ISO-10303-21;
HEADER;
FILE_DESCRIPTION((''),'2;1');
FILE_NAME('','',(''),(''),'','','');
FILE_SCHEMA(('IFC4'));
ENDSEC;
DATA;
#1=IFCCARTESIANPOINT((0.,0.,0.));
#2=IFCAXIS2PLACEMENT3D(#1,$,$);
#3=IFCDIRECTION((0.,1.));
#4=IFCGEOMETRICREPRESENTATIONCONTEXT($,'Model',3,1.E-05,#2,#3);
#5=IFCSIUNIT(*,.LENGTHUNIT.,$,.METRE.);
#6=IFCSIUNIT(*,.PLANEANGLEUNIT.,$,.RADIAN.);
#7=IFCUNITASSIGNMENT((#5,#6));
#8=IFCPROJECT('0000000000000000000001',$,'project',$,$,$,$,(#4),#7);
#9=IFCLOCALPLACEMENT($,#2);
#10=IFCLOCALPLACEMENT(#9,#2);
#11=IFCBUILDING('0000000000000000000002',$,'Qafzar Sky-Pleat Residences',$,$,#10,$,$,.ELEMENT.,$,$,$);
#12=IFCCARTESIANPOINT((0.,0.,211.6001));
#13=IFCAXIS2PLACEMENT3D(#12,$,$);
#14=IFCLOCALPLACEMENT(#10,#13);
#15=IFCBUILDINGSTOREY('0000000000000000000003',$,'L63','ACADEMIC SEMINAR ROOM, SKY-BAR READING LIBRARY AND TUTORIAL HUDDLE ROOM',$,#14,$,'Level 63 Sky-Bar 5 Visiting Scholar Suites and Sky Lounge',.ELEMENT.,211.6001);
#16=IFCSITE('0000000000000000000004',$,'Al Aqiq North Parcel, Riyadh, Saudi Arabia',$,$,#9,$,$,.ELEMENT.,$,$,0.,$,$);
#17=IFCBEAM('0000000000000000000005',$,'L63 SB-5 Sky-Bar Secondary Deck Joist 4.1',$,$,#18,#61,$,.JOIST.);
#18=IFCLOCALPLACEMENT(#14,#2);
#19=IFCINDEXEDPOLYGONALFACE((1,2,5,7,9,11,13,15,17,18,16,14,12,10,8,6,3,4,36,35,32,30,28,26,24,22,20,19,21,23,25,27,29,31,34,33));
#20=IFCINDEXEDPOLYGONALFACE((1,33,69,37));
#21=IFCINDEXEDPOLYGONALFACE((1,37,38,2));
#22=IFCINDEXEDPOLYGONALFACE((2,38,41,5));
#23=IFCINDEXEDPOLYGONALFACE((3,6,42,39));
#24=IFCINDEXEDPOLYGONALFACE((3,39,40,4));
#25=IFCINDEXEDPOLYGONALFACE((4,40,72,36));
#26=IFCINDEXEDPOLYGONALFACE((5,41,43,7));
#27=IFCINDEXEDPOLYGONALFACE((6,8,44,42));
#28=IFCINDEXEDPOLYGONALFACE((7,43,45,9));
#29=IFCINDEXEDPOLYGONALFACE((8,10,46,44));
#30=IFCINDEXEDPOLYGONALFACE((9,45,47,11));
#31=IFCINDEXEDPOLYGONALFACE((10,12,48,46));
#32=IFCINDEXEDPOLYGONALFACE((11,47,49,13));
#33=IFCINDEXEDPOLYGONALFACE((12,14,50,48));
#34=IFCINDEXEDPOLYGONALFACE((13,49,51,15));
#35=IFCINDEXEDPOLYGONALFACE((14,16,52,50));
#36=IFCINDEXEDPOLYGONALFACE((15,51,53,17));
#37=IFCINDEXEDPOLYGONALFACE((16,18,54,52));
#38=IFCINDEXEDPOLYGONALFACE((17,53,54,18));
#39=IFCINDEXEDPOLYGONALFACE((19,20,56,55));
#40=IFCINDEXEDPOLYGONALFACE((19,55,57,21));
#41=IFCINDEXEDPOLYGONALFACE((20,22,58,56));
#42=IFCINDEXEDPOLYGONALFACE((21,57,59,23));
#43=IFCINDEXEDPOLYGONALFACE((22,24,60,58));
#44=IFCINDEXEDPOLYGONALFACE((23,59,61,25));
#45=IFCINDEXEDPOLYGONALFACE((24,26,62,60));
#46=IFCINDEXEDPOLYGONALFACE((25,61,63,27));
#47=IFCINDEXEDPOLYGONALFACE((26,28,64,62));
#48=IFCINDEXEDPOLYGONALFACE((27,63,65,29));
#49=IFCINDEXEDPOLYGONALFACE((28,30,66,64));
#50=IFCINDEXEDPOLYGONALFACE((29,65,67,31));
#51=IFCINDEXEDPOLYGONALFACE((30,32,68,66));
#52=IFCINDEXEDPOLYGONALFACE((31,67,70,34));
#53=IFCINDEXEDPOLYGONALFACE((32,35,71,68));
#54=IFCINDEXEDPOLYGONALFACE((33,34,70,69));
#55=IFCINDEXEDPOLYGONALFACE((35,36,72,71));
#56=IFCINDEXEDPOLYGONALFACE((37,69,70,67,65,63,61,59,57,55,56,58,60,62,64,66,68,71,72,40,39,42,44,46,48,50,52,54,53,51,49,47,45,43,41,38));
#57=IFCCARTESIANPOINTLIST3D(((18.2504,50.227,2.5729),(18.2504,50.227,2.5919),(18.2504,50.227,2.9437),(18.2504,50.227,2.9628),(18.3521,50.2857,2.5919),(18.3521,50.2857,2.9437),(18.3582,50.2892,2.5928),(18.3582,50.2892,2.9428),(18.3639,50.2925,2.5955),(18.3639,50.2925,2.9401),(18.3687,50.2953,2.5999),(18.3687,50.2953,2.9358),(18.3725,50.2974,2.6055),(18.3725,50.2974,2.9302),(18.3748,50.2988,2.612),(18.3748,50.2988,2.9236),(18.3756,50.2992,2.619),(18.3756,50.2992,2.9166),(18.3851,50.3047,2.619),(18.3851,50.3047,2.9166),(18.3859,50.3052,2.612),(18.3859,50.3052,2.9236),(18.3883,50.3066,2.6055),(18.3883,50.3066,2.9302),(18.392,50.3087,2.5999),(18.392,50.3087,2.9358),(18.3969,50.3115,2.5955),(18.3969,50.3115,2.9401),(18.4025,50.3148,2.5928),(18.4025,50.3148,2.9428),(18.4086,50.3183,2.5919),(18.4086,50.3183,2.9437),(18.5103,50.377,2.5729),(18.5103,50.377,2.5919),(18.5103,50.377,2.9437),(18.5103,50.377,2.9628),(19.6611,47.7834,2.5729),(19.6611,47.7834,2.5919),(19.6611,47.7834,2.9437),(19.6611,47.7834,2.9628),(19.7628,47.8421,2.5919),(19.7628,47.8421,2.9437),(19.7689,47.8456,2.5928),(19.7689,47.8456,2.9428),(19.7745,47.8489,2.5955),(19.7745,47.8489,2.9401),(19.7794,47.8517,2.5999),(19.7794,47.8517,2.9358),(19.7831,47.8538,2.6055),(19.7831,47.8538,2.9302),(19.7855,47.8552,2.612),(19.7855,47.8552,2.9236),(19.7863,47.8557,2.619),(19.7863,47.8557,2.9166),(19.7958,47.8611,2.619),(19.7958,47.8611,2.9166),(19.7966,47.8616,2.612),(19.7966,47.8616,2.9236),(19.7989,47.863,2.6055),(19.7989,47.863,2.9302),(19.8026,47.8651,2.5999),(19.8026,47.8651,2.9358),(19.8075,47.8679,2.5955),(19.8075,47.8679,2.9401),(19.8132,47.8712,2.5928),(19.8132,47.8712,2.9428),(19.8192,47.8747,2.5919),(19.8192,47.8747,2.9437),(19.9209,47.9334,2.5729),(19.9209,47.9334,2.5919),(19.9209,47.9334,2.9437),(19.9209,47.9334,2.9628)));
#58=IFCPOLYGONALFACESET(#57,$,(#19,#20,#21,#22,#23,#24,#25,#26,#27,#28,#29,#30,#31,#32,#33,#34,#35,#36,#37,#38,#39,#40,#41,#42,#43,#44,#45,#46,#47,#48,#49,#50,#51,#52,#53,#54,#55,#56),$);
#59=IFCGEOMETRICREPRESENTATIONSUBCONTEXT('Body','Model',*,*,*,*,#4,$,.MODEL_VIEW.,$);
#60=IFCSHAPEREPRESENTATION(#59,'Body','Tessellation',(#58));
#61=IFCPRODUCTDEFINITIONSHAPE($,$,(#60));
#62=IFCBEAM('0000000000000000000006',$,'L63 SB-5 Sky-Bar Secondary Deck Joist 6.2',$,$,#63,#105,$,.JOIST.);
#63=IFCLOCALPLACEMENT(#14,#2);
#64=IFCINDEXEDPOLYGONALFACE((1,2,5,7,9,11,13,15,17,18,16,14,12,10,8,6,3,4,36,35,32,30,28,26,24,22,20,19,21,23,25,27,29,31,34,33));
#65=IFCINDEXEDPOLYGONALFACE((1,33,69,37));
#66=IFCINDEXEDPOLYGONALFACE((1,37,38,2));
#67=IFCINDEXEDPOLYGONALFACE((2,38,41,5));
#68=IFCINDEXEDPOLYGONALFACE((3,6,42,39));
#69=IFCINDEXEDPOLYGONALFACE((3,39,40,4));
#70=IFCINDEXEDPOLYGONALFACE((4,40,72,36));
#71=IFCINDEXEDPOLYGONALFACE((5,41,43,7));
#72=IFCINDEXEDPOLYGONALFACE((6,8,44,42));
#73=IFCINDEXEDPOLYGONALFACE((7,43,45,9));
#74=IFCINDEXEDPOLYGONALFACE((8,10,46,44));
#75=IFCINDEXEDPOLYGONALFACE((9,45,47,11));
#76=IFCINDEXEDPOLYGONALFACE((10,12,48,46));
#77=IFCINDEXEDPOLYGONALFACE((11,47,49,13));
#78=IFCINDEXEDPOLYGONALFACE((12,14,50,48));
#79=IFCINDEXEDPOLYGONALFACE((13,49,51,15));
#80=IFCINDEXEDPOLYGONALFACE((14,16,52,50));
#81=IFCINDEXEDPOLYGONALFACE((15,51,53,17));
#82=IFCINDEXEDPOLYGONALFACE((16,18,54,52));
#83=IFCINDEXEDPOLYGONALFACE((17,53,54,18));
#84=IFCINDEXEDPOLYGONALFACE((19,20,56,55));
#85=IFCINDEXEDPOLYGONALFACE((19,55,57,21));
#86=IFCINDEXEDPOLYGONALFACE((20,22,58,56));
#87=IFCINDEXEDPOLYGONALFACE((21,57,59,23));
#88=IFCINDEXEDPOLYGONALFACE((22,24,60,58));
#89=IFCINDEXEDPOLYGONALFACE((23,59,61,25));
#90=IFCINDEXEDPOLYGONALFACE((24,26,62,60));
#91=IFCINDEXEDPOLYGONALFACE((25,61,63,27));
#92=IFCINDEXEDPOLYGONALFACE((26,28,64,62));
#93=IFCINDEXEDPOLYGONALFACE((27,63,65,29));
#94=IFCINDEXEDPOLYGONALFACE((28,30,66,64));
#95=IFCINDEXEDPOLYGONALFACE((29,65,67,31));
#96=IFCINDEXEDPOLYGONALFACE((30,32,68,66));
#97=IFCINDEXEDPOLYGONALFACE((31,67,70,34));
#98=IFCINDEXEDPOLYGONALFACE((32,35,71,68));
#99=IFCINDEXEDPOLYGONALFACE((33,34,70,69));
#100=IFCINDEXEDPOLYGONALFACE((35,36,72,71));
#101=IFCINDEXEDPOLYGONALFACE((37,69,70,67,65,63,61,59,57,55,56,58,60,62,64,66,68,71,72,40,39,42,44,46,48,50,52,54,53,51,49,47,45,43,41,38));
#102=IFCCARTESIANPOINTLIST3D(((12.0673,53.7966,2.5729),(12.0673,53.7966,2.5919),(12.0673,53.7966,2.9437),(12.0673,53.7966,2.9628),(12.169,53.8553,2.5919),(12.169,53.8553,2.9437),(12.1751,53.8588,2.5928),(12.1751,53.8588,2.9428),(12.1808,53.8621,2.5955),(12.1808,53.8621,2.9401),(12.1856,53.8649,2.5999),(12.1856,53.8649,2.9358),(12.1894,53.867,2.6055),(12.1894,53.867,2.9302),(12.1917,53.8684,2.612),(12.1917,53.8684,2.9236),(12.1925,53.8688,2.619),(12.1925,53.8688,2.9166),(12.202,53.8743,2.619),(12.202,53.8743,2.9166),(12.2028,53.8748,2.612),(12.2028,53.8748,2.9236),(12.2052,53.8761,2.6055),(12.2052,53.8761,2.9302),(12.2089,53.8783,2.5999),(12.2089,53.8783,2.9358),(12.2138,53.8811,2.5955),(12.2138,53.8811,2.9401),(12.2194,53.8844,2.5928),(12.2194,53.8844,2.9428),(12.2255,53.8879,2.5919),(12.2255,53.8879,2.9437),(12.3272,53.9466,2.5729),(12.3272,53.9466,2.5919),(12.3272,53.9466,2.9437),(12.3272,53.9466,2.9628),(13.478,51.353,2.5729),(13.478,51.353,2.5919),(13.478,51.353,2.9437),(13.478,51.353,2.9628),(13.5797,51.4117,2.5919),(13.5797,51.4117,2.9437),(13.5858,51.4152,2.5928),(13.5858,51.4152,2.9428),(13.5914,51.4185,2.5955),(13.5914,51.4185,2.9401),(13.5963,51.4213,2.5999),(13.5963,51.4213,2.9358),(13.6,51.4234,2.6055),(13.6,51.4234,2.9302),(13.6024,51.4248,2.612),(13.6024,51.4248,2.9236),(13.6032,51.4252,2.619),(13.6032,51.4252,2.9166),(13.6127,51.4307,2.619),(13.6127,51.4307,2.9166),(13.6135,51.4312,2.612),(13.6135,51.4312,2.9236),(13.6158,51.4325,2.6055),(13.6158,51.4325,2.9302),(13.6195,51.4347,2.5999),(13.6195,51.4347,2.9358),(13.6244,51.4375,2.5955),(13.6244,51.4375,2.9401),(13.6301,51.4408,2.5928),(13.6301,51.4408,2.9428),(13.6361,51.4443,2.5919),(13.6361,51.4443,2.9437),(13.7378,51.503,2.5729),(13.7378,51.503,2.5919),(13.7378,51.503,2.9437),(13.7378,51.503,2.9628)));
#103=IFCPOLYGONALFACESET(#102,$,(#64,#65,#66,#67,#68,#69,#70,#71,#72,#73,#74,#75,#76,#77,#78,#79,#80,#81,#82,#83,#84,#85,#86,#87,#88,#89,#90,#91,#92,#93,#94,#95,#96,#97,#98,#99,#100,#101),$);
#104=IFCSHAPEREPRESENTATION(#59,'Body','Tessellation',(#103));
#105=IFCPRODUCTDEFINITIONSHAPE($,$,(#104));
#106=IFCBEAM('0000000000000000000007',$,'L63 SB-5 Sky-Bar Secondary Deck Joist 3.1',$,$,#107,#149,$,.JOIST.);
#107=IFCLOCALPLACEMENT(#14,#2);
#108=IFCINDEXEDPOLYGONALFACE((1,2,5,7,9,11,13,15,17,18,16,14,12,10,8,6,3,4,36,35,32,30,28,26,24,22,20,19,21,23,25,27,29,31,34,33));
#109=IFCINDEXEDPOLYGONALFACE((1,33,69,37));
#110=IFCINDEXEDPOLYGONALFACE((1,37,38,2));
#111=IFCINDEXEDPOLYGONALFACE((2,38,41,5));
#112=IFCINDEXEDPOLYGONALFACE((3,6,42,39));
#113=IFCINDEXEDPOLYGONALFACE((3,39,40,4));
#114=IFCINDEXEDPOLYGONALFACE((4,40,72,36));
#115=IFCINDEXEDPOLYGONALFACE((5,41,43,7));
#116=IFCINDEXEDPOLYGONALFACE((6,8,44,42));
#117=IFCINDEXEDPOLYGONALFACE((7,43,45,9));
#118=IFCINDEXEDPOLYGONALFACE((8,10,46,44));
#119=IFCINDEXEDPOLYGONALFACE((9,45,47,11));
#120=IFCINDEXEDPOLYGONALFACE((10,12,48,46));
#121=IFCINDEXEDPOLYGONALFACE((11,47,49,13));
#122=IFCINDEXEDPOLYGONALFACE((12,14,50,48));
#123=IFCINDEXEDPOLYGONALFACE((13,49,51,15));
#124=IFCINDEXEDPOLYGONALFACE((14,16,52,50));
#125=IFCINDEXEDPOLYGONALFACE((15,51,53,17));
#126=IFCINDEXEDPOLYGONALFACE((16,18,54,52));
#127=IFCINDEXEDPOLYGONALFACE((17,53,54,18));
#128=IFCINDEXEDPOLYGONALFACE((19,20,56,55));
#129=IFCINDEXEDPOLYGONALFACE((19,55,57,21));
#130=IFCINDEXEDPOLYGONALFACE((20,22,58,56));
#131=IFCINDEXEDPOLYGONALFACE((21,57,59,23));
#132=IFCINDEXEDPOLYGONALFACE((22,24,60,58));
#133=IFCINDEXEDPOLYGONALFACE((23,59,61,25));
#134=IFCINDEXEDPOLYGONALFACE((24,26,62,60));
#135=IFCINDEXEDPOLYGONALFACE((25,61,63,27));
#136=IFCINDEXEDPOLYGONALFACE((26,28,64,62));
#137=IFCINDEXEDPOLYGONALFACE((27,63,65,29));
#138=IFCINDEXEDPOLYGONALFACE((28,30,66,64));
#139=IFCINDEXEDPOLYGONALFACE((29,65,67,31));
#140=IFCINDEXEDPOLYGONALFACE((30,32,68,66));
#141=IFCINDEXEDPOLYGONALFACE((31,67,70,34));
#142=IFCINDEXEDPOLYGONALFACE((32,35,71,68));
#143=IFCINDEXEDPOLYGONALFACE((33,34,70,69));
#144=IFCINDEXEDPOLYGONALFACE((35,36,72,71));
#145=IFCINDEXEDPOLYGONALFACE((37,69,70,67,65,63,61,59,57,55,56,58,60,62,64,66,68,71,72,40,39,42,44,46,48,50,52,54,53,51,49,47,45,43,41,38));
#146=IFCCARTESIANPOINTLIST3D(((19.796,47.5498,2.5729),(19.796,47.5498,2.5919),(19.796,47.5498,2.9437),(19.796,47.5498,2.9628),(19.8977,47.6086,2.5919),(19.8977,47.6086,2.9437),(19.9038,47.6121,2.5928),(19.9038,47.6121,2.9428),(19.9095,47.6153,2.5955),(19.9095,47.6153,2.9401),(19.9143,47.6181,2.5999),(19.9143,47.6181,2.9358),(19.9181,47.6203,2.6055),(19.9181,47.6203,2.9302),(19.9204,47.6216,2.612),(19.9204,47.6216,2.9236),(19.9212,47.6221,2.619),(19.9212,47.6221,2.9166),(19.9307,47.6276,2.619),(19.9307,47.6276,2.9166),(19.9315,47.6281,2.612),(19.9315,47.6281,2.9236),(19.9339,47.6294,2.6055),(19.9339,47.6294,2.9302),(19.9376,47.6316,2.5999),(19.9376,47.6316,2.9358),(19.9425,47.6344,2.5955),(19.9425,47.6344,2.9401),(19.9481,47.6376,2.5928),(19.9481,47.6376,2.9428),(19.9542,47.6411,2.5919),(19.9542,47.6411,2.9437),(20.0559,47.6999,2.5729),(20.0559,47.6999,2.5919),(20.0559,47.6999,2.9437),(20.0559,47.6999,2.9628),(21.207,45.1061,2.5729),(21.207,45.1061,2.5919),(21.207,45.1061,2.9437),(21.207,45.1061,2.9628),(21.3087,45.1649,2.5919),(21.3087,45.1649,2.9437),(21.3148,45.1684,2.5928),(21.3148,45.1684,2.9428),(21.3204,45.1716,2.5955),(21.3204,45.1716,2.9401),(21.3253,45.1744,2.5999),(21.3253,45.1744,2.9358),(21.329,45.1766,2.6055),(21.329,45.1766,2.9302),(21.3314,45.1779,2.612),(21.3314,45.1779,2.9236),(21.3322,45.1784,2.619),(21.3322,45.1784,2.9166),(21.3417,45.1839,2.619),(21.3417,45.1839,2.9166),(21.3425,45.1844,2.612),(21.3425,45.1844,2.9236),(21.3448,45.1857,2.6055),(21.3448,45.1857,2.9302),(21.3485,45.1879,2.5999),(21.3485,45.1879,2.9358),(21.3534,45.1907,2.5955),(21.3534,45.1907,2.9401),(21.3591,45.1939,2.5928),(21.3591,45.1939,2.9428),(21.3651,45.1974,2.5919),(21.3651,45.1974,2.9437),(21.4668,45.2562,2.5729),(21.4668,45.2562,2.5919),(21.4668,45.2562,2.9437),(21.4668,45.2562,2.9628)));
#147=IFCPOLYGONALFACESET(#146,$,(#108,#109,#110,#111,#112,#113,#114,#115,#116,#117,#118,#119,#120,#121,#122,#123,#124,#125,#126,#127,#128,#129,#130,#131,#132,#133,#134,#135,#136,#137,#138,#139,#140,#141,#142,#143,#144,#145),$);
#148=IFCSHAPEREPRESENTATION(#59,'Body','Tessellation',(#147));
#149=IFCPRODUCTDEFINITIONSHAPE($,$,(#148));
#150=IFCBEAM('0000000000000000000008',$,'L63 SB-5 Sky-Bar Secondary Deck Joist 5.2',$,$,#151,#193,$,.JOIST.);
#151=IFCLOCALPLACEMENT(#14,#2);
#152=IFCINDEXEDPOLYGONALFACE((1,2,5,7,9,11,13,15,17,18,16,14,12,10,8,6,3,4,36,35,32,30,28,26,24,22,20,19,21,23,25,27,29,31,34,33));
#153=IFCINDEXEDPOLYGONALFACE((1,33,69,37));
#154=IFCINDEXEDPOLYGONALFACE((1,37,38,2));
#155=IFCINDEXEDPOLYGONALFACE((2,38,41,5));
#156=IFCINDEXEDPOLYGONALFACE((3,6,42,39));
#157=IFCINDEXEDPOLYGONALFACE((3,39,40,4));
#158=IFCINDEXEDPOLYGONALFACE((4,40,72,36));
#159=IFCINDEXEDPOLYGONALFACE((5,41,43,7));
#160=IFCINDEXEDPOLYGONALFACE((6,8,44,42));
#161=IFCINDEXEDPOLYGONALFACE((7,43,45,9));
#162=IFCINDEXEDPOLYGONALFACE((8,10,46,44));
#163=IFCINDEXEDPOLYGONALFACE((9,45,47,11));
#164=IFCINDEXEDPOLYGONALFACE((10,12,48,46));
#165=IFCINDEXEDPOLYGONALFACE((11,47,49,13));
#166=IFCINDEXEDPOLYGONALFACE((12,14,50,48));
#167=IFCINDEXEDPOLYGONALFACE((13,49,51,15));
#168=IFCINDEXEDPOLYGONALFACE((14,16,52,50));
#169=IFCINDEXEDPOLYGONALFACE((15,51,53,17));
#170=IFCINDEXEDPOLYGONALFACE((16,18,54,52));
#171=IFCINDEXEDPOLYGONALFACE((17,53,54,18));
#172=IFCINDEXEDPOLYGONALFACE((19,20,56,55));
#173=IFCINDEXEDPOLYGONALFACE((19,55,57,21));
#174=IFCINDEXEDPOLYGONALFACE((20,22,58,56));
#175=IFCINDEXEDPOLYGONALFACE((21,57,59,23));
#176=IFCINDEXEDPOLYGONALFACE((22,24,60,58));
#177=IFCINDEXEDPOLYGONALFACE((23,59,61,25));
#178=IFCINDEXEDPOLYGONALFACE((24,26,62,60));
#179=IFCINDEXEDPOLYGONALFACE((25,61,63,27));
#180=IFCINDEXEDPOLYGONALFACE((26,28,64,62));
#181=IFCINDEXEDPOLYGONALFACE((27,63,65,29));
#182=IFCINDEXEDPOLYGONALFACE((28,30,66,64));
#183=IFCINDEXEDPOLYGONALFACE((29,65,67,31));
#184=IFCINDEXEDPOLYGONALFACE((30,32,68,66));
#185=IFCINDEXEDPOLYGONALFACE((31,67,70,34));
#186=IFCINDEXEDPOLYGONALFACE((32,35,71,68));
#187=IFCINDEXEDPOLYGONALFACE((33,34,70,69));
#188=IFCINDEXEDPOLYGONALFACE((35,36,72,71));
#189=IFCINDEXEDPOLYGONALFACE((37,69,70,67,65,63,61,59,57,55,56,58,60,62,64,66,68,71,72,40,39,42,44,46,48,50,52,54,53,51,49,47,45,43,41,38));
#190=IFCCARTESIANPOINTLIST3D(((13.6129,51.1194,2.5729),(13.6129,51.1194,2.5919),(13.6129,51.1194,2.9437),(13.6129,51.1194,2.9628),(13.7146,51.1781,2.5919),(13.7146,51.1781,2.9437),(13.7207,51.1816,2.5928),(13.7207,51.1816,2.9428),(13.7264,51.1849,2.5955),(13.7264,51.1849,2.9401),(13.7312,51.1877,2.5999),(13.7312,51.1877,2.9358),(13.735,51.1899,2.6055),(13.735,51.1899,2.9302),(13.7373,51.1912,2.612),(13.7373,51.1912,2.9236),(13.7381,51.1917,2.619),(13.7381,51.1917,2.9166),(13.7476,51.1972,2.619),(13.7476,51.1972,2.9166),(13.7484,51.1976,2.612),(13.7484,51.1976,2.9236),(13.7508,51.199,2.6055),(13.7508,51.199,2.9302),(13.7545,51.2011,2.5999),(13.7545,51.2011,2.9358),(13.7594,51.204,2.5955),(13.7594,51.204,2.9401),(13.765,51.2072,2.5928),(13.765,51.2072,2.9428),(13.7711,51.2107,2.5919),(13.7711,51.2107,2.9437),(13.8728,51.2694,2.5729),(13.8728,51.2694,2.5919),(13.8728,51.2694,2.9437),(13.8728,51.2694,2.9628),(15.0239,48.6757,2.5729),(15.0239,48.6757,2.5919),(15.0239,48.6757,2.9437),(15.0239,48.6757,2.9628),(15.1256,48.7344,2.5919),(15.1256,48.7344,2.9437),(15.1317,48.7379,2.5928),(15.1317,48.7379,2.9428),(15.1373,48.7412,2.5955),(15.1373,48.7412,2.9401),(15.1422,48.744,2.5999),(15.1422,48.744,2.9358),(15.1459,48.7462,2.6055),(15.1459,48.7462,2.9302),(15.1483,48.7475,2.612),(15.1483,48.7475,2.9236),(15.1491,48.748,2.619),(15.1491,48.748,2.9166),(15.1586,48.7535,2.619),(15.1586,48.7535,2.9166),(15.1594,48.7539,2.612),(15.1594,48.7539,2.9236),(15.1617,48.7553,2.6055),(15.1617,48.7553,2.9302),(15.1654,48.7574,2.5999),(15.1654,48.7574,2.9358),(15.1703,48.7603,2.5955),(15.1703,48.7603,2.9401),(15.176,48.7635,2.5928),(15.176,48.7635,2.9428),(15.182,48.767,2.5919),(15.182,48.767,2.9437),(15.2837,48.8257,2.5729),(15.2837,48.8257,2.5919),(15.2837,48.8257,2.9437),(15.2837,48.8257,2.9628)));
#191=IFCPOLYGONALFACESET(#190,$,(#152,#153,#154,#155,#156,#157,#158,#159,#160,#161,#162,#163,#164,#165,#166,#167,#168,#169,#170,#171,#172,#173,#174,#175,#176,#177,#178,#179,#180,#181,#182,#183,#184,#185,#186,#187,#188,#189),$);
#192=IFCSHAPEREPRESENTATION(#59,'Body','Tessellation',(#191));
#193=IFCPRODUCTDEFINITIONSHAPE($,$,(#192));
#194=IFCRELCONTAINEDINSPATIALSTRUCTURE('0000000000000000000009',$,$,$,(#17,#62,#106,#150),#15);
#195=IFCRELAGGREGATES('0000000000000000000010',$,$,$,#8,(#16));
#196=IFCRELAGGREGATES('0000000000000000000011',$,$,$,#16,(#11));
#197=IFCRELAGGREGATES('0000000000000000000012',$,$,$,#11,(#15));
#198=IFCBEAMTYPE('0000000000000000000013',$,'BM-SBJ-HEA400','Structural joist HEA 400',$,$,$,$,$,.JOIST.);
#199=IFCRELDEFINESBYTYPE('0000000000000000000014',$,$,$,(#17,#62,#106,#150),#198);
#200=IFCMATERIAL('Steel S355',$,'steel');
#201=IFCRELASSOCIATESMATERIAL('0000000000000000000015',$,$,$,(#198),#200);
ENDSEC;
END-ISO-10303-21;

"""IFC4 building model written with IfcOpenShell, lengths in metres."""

from ifc_helpers import new_model, si_unit, direction, frame, origin, origin_2d, place, context, subcontext, project, spatial, i_section, extrude, source, transform, mapped, material, material_profile, profile_set, type_object, element, save


model = new_model("IFC4")

# Units and contexts
model_context = context("Model", 3, precision=1e-05, world=origin(), true_north=direction((0.0, 1.0)))
body_context = subcontext(model_context, "Body", "Model", "MODEL_VIEW")
ifc_project = project(units=[si_unit("LENGTHUNIT", "METRE"), si_unit("PLANEANGLEUNIT", "RADIAN")], contexts=[model_context])

# Site, building, storey
site_placement = place(None, origin())
site = spatial("IfcSite", under=ifc_project, at=site_placement, Name="Al Aqiq North Parcel, Riyadh, Saudi Arabia", CompositionType="ELEMENT", RefElevation=0.0)
building_placement = place(site_placement, origin())
building = spatial("IfcBuilding", under=site, at=building_placement, Name="Qafzar Sky-Pleat Residences", CompositionType="ELEMENT")
storey_placement = place(building_placement, frame((0.0, 0.0, 211.6001)))
storey = spatial("IfcBuildingStorey", under=building, at=storey_placement, Name="L63", Description="ACADEMIC SEMINAR ROOM, SKY-BAR READING LIBRARY AND TUTORIAL HUDDLE ROOM", LongName="Level 63 Sky-Bar 5 Visiting Scholar Suites and Sky Lounge", CompositionType="ELEMENT", Elevation=211.6001)

# Beams
ifc_material_1 = material(Name="Steel S355", Category="steel")
ifc_material_profile_1 = material_profile(ifc_material_1, i_section(OverallWidth=0.3, OverallDepth=0.3899, WebThickness=0.011, FlangeThickness=0.019, FilletRadius=0.0271, at=origin_2d()), Name="HEA 400")
ifc_profile_set_1 = profile_set([ifc_material_profile_1], Name="Steel S355")
beam_type_1 = type_object("IfcBeamType", Name="BM-SBJ-HEA400", Description="Structural joist HEA 400", PredefinedType="JOIST", material=ifc_profile_set_1)
shared_shape_1 = source(origin(), body_context, "Body", "SweptSolid", [
    extrude(i_section(OverallWidth=0.3, OverallDepth=0.3899, WebThickness=0.011, FlangeThickness=0.019, FilletRadius=0.0271, at=origin_2d()), origin(), (0.0, 0.0, 1.0), 2.8215),
])
for number, where, z_axis, x_axis, name in (
    (1, (19.791, 47.8584, 2.7678), (-0.499955, 0.866052, 0.0), (-0.866052, -0.499955, 0.0), "L63 SB-5 Sky-Bar Secondary Deck Joist 4.1"),
    (2, (13.6079, 51.428, 2.7678), (-0.499955, 0.866052, 0.0), (-0.866052, -0.499955, 0.0), "L63 SB-5 Sky-Bar Secondary Deck Joist 6.2"),
):
    element("IfcBeam", number, at=place(storey_placement, frame(where, z_axis=z_axis, x_axis=x_axis)), inside=storey, type_object=beam_type_1, Name=name, PredefinedType="JOIST", context=body_context, shape_type="MappedRepresentation", body=[
        mapped(shared_shape_1, transform((0.0, 0.0, 0.0), x_axis=(1.0, 0.0, 0.0), y_axis=(0.0, 1.0, 0.0), z_axis=(0.0, 0.0, 1.0), scale=1.0)),
    ])
shared_shape_2 = source(origin(), body_context, "Body", "SweptSolid", [
    extrude(i_section(OverallWidth=0.3, OverallDepth=0.3899, WebThickness=0.011, FlangeThickness=0.019, FilletRadius=0.0271, at=origin_2d()), origin(), (0.0, 0.0, 1.0), 2.8218),
])
for number, where, z_axis, x_axis, name in (
    (3, (21.3369, 45.1812, 2.7678), (-0.50002, 0.866014, 0.0), (-0.866014, -0.50002, 0.0), "L63 SB-5 Sky-Bar Secondary Deck Joist 3.1"),
    (4, (15.1538, 48.7507, 2.7678), (-0.50002, 0.866014, 0.0), (-0.866014, -0.50002, 0.0), "L63 SB-5 Sky-Bar Secondary Deck Joist 5.2"),
):
    element("IfcBeam", number, at=place(storey_placement, frame(where, z_axis=z_axis, x_axis=x_axis)), inside=storey, type_object=beam_type_1, Name=name, PredefinedType="JOIST", context=body_context, shape_type="MappedRepresentation", body=[
        mapped(shared_shape_2, transform((0.0, 0.0, 0.0), x_axis=(1.0, 0.0, 0.0), y_axis=(0.0, 1.0, 0.0), z_axis=(0.0, 0.0, 1.0), scale=1.0)),
    ])

save(model, "model.ifc")
